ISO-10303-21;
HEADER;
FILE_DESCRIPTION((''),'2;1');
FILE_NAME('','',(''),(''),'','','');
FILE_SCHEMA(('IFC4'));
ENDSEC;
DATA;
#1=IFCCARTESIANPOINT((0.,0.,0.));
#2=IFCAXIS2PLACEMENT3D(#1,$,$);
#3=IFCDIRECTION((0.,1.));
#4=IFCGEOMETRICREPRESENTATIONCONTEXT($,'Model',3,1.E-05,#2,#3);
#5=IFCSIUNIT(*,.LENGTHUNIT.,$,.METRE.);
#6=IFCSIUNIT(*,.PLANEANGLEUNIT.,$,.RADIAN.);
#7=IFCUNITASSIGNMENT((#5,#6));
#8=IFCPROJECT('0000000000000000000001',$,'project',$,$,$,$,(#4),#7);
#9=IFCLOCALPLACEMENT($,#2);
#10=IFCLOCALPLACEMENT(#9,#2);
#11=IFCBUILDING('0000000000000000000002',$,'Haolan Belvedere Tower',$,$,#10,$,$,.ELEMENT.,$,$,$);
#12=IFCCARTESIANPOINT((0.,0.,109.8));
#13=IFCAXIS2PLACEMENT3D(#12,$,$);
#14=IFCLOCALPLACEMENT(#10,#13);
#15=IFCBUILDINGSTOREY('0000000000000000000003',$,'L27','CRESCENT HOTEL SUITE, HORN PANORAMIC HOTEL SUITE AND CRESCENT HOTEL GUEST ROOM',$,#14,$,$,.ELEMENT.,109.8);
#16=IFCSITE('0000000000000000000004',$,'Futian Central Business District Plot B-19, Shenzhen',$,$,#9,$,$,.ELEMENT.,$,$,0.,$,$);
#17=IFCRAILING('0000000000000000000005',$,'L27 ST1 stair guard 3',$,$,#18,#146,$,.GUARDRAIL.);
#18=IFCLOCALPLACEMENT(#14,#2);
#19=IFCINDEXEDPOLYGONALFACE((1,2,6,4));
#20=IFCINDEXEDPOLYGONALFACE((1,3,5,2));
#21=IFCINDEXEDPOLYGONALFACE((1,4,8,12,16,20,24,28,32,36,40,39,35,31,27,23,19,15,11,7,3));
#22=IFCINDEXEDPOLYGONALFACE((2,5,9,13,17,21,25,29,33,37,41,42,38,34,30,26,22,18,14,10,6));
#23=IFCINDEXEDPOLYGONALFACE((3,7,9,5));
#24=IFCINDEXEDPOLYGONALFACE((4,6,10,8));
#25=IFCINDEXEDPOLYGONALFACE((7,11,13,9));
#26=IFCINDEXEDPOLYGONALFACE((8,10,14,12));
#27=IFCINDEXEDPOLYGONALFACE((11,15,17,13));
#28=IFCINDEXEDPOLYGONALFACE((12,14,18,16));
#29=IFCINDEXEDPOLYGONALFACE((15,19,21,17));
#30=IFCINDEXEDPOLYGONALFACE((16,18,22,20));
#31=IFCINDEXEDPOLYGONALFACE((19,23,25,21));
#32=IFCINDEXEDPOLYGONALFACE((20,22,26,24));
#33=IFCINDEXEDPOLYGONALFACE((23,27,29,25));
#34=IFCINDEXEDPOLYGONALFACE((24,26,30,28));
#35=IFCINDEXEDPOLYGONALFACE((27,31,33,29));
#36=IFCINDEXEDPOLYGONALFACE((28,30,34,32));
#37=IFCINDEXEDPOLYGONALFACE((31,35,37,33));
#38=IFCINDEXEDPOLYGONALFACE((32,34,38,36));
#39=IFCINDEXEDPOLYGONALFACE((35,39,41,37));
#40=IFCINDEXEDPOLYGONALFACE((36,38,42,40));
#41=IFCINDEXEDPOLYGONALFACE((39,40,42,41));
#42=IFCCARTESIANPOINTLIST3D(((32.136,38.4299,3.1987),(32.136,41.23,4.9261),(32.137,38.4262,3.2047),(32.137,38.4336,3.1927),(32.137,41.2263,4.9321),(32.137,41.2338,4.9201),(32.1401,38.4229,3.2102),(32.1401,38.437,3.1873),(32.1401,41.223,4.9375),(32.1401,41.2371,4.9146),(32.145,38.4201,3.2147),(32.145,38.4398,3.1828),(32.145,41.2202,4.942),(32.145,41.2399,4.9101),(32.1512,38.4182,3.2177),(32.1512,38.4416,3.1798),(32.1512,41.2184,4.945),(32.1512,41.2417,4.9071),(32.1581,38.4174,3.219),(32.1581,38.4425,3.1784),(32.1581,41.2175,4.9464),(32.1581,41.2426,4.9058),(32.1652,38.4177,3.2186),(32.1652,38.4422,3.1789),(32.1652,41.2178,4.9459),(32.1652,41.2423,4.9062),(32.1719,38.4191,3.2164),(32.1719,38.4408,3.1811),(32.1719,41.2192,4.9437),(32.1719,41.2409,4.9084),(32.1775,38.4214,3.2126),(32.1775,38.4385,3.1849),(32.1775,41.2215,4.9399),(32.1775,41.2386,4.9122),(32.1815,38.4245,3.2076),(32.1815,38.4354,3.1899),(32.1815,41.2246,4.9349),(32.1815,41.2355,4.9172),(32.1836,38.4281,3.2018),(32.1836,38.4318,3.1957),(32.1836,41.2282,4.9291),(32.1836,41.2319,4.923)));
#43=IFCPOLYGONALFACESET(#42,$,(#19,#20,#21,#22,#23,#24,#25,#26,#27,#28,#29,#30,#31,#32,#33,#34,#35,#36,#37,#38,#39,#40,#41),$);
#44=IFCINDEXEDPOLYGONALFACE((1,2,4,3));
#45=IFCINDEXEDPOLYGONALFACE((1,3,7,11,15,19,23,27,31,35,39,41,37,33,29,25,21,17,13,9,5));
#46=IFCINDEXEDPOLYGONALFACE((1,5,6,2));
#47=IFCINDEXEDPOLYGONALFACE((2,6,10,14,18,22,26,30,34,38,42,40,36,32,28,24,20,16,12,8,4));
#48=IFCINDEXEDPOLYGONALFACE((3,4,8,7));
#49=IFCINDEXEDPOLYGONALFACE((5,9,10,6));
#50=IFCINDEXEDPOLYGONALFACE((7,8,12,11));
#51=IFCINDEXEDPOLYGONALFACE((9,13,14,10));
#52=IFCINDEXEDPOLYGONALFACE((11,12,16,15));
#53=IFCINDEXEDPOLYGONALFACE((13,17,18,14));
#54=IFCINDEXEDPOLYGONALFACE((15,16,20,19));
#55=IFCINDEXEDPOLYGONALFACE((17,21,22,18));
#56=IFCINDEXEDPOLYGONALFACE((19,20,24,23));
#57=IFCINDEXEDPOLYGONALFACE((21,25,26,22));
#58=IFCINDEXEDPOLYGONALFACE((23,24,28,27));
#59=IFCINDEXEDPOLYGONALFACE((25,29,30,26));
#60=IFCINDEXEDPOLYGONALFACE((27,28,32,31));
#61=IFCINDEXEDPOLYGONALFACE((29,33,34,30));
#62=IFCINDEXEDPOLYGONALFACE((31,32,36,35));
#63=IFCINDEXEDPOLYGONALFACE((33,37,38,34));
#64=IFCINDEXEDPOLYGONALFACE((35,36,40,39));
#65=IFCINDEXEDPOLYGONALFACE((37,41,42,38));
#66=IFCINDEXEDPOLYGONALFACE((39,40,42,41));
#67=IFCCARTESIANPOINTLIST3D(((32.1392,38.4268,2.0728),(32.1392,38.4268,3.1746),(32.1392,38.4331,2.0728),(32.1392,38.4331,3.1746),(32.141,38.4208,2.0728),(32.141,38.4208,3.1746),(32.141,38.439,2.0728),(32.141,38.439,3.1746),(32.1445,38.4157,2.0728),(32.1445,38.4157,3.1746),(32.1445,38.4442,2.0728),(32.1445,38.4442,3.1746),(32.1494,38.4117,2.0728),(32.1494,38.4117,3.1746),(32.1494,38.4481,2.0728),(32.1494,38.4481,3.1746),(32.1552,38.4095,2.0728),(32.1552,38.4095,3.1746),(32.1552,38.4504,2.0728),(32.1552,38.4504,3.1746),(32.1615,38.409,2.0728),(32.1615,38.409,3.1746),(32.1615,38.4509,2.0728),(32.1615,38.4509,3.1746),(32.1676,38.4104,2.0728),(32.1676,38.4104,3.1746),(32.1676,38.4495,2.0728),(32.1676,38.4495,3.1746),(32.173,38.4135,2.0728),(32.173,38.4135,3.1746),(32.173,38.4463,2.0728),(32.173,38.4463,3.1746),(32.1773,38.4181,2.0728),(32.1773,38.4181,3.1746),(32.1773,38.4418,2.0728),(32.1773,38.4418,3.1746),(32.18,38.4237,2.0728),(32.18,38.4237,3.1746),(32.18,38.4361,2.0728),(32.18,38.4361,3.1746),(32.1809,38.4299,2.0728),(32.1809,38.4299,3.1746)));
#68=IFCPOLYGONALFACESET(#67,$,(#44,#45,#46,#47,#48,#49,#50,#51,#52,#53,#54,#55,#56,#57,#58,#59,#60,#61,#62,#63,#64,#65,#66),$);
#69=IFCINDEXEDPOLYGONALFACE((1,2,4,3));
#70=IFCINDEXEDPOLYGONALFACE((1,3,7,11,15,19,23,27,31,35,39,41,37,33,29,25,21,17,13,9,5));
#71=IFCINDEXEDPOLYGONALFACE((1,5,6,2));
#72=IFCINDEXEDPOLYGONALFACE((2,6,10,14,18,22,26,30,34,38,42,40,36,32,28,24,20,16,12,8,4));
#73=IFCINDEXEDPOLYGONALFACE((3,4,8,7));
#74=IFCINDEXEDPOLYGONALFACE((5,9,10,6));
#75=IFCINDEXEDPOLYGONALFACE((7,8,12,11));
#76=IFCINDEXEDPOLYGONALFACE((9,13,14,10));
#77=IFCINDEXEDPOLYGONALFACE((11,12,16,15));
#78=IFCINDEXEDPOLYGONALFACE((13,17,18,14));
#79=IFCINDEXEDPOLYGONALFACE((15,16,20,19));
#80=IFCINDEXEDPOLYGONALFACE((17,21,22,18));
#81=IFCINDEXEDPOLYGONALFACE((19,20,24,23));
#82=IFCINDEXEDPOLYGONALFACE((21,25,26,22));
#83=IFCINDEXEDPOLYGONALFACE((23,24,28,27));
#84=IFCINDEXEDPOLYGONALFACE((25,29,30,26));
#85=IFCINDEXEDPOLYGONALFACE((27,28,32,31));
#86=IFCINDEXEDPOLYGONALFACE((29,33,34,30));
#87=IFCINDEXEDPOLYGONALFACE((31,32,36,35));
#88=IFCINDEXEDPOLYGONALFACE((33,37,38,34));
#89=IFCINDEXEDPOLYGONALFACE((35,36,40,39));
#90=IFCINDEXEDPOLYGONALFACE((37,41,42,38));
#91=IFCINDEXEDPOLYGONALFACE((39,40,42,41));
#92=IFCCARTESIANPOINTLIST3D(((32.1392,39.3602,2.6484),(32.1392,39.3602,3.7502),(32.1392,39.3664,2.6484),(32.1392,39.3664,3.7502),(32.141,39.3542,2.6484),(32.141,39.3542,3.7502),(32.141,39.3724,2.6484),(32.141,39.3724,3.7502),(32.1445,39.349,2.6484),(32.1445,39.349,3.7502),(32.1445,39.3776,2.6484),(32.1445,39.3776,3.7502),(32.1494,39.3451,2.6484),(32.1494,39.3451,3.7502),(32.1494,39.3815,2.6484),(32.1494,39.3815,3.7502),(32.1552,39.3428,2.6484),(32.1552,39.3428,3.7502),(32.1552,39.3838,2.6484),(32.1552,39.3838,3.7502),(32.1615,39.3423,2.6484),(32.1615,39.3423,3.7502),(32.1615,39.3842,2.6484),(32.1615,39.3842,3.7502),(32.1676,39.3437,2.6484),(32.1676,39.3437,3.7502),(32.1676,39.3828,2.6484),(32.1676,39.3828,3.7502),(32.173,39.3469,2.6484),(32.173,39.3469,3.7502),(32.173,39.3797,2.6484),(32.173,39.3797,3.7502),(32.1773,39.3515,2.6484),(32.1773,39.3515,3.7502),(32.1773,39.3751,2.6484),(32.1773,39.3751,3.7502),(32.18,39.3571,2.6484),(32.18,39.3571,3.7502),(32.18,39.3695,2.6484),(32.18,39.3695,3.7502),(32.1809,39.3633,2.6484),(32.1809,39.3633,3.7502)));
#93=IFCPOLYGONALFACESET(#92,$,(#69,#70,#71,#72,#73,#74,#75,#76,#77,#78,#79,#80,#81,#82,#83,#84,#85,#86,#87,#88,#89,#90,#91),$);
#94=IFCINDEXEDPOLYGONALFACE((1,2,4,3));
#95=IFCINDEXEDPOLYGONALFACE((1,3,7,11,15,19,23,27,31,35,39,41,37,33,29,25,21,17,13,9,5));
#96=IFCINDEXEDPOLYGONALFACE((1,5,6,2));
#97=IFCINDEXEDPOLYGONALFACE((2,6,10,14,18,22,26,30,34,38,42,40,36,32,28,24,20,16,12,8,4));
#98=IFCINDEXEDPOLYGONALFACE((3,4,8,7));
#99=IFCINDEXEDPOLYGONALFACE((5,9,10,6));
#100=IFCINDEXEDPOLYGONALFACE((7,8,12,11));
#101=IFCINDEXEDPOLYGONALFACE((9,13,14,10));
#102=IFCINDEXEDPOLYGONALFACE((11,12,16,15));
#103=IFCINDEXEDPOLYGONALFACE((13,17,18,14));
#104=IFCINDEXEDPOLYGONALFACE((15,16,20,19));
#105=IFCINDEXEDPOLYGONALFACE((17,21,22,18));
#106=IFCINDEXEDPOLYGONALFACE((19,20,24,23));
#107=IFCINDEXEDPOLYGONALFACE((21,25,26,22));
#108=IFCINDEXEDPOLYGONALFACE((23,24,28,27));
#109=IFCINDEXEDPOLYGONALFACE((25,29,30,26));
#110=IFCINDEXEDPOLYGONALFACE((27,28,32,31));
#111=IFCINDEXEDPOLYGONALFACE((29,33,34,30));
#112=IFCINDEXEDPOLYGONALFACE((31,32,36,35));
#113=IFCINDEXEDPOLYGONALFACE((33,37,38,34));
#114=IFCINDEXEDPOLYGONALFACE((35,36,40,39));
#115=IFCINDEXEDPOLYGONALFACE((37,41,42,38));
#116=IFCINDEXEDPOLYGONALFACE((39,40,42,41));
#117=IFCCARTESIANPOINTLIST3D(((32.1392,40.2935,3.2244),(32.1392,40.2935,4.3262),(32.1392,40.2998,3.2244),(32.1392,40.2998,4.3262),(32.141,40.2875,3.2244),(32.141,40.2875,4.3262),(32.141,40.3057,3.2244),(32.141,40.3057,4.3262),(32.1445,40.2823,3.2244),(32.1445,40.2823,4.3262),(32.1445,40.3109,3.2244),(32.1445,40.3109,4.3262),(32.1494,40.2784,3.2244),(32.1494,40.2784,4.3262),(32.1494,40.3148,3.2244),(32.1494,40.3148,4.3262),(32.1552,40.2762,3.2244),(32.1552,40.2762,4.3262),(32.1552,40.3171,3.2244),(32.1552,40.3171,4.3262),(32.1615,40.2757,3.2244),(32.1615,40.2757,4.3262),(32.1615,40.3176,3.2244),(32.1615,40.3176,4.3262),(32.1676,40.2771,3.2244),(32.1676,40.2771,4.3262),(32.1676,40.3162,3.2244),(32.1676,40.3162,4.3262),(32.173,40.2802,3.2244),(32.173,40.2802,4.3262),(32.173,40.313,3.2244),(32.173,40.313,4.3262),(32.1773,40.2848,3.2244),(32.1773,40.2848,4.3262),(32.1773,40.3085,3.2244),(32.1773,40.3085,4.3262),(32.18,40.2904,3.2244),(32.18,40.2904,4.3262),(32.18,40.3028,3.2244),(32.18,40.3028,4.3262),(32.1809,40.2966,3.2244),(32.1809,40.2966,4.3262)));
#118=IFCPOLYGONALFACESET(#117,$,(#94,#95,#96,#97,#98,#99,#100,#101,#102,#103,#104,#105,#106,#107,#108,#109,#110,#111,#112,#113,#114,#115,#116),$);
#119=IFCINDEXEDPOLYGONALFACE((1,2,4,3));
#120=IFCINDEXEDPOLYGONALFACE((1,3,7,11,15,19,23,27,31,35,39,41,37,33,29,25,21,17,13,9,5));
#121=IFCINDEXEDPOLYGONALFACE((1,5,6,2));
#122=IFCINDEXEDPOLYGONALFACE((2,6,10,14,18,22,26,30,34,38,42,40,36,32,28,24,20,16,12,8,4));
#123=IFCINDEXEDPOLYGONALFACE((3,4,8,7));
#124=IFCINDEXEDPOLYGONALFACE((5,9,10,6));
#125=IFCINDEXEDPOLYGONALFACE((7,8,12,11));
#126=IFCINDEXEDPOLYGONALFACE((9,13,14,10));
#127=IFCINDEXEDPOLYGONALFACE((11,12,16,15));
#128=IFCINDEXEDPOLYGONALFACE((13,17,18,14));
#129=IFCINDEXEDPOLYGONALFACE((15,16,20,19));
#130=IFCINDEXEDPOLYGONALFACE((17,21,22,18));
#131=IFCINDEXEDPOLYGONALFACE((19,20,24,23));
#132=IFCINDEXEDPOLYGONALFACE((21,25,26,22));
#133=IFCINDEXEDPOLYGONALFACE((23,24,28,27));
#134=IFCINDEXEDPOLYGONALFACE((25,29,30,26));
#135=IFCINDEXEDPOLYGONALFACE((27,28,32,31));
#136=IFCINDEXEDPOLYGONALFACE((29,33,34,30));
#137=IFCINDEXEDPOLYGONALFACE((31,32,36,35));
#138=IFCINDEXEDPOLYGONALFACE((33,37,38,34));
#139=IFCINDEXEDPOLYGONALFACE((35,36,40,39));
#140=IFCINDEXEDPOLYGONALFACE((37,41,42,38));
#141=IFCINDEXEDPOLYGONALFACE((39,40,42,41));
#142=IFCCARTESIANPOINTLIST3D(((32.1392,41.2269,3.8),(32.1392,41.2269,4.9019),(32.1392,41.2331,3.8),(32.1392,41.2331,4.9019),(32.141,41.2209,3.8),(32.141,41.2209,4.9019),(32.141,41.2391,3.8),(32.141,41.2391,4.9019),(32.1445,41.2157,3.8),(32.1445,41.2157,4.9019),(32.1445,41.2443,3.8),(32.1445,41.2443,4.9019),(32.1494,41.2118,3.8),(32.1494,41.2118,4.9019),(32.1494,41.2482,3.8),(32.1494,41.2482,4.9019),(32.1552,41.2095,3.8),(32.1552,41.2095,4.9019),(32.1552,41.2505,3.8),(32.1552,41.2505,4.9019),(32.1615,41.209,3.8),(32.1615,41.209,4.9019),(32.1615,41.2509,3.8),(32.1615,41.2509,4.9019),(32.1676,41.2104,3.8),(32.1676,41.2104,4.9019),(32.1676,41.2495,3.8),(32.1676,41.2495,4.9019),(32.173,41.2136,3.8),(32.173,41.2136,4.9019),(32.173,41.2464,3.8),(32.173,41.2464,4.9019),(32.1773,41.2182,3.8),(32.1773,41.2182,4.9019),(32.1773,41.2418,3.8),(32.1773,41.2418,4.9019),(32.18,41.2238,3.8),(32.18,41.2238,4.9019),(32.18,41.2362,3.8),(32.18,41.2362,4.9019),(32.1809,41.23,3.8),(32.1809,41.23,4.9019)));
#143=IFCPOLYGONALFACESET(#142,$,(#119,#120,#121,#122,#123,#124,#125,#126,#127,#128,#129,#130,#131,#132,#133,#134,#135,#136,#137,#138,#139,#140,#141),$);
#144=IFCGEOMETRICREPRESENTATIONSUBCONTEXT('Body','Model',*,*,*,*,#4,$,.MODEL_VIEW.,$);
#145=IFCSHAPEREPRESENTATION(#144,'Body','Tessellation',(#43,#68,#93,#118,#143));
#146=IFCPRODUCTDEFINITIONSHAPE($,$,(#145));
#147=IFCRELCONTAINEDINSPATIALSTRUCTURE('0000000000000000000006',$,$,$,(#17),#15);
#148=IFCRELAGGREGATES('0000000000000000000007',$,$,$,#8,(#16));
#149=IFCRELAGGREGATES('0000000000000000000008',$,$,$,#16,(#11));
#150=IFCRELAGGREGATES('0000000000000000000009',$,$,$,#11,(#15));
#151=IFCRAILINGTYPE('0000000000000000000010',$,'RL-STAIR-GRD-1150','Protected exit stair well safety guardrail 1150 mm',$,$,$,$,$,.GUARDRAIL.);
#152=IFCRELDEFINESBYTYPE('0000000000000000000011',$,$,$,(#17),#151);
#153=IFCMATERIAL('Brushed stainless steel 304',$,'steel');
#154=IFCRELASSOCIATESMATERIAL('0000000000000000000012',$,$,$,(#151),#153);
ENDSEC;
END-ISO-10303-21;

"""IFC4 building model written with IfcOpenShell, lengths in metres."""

from ifc_helpers import new_model, si_unit, direction, frame, origin, origin_2d, place, context, subcontext, project, spatial, circle, extrude, material, type_object, element, save


model = new_model("IFC4")

# Units and contexts
model_context = context("Model", 3, precision=1e-05, world=origin(), true_north=direction((0.0, 1.0)))
body_context = subcontext(model_context, "Body", "Model", "MODEL_VIEW")
ifc_project = project(units=[si_unit("LENGTHUNIT", "METRE"), si_unit("PLANEANGLEUNIT", "RADIAN")], contexts=[model_context])

# Site, building, storey
site_placement = place(None, origin())
site = spatial("IfcSite", under=ifc_project, at=site_placement, Name="Futian Central Business District Plot B-19, Shenzhen", CompositionType="ELEMENT", RefElevation=0.0)
building_placement = place(site_placement, origin())
building = spatial("IfcBuilding", under=site, at=building_placement, Name="Haolan Belvedere Tower", CompositionType="ELEMENT")
storey_placement = place(building_placement, frame((0.0, 0.0, 109.8)))
storey = spatial("IfcBuildingStorey", under=building, at=storey_placement, Name="L27", Description="CRESCENT HOTEL SUITE, HORN PANORAMIC HOTEL SUITE AND CRESCENT HOTEL GUEST ROOM", CompositionType="ELEMENT", Elevation=109.8)

# Railing
ifc_material_1 = material(Name="Brushed stainless steel 304", Category="steel")
railing_type_1 = type_object("IfcRailingType", Name="RL-STAIR-GRD-1150", Description="Protected exit stair well safety guardrail 1150 mm", PredefinedType="GUARDRAIL", material=ifc_material_1)
railing_1_placement = place(storey_placement, frame((32.1599, 38.4299, 2.0728)))
element("IfcRailing", 1, at=railing_1_placement, inside=storey, type_object=railing_type_1, Name="L27 ST1 stair guard 3", PredefinedType="GUARDRAIL", context=body_context, shape_type="SweptSolid", body=[
    extrude(circle(Radius=0.0239, at=origin_2d()), frame((0.0, 0.0, 1.126), z_axis=(0.0, 0.85109, 0.52502), x_axis=(-1.0, 0.0, 0.0)), (0.0, 0.0, 1.0), 3.29),
    extrude(circle(Radius=0.021, at=origin_2d()), origin(), (0.0, 0.0, 1.0), 1.1018),
    extrude(circle(Radius=0.021, at=origin_2d()), frame((0.0, 0.9333, 0.5757)), (0.0, 0.0, 1.0), 1.1018),
    extrude(circle(Radius=0.021, at=origin_2d()), frame((0.0, 1.8667, 1.1516)), (0.0, 0.0, 1.0), 1.1018),
    extrude(circle(Radius=0.021, at=origin_2d()), frame((0.0, 2.8, 1.7273)), (0.0, 0.0, 1.0), 1.1018),
])

save(model, "model.ifc")
